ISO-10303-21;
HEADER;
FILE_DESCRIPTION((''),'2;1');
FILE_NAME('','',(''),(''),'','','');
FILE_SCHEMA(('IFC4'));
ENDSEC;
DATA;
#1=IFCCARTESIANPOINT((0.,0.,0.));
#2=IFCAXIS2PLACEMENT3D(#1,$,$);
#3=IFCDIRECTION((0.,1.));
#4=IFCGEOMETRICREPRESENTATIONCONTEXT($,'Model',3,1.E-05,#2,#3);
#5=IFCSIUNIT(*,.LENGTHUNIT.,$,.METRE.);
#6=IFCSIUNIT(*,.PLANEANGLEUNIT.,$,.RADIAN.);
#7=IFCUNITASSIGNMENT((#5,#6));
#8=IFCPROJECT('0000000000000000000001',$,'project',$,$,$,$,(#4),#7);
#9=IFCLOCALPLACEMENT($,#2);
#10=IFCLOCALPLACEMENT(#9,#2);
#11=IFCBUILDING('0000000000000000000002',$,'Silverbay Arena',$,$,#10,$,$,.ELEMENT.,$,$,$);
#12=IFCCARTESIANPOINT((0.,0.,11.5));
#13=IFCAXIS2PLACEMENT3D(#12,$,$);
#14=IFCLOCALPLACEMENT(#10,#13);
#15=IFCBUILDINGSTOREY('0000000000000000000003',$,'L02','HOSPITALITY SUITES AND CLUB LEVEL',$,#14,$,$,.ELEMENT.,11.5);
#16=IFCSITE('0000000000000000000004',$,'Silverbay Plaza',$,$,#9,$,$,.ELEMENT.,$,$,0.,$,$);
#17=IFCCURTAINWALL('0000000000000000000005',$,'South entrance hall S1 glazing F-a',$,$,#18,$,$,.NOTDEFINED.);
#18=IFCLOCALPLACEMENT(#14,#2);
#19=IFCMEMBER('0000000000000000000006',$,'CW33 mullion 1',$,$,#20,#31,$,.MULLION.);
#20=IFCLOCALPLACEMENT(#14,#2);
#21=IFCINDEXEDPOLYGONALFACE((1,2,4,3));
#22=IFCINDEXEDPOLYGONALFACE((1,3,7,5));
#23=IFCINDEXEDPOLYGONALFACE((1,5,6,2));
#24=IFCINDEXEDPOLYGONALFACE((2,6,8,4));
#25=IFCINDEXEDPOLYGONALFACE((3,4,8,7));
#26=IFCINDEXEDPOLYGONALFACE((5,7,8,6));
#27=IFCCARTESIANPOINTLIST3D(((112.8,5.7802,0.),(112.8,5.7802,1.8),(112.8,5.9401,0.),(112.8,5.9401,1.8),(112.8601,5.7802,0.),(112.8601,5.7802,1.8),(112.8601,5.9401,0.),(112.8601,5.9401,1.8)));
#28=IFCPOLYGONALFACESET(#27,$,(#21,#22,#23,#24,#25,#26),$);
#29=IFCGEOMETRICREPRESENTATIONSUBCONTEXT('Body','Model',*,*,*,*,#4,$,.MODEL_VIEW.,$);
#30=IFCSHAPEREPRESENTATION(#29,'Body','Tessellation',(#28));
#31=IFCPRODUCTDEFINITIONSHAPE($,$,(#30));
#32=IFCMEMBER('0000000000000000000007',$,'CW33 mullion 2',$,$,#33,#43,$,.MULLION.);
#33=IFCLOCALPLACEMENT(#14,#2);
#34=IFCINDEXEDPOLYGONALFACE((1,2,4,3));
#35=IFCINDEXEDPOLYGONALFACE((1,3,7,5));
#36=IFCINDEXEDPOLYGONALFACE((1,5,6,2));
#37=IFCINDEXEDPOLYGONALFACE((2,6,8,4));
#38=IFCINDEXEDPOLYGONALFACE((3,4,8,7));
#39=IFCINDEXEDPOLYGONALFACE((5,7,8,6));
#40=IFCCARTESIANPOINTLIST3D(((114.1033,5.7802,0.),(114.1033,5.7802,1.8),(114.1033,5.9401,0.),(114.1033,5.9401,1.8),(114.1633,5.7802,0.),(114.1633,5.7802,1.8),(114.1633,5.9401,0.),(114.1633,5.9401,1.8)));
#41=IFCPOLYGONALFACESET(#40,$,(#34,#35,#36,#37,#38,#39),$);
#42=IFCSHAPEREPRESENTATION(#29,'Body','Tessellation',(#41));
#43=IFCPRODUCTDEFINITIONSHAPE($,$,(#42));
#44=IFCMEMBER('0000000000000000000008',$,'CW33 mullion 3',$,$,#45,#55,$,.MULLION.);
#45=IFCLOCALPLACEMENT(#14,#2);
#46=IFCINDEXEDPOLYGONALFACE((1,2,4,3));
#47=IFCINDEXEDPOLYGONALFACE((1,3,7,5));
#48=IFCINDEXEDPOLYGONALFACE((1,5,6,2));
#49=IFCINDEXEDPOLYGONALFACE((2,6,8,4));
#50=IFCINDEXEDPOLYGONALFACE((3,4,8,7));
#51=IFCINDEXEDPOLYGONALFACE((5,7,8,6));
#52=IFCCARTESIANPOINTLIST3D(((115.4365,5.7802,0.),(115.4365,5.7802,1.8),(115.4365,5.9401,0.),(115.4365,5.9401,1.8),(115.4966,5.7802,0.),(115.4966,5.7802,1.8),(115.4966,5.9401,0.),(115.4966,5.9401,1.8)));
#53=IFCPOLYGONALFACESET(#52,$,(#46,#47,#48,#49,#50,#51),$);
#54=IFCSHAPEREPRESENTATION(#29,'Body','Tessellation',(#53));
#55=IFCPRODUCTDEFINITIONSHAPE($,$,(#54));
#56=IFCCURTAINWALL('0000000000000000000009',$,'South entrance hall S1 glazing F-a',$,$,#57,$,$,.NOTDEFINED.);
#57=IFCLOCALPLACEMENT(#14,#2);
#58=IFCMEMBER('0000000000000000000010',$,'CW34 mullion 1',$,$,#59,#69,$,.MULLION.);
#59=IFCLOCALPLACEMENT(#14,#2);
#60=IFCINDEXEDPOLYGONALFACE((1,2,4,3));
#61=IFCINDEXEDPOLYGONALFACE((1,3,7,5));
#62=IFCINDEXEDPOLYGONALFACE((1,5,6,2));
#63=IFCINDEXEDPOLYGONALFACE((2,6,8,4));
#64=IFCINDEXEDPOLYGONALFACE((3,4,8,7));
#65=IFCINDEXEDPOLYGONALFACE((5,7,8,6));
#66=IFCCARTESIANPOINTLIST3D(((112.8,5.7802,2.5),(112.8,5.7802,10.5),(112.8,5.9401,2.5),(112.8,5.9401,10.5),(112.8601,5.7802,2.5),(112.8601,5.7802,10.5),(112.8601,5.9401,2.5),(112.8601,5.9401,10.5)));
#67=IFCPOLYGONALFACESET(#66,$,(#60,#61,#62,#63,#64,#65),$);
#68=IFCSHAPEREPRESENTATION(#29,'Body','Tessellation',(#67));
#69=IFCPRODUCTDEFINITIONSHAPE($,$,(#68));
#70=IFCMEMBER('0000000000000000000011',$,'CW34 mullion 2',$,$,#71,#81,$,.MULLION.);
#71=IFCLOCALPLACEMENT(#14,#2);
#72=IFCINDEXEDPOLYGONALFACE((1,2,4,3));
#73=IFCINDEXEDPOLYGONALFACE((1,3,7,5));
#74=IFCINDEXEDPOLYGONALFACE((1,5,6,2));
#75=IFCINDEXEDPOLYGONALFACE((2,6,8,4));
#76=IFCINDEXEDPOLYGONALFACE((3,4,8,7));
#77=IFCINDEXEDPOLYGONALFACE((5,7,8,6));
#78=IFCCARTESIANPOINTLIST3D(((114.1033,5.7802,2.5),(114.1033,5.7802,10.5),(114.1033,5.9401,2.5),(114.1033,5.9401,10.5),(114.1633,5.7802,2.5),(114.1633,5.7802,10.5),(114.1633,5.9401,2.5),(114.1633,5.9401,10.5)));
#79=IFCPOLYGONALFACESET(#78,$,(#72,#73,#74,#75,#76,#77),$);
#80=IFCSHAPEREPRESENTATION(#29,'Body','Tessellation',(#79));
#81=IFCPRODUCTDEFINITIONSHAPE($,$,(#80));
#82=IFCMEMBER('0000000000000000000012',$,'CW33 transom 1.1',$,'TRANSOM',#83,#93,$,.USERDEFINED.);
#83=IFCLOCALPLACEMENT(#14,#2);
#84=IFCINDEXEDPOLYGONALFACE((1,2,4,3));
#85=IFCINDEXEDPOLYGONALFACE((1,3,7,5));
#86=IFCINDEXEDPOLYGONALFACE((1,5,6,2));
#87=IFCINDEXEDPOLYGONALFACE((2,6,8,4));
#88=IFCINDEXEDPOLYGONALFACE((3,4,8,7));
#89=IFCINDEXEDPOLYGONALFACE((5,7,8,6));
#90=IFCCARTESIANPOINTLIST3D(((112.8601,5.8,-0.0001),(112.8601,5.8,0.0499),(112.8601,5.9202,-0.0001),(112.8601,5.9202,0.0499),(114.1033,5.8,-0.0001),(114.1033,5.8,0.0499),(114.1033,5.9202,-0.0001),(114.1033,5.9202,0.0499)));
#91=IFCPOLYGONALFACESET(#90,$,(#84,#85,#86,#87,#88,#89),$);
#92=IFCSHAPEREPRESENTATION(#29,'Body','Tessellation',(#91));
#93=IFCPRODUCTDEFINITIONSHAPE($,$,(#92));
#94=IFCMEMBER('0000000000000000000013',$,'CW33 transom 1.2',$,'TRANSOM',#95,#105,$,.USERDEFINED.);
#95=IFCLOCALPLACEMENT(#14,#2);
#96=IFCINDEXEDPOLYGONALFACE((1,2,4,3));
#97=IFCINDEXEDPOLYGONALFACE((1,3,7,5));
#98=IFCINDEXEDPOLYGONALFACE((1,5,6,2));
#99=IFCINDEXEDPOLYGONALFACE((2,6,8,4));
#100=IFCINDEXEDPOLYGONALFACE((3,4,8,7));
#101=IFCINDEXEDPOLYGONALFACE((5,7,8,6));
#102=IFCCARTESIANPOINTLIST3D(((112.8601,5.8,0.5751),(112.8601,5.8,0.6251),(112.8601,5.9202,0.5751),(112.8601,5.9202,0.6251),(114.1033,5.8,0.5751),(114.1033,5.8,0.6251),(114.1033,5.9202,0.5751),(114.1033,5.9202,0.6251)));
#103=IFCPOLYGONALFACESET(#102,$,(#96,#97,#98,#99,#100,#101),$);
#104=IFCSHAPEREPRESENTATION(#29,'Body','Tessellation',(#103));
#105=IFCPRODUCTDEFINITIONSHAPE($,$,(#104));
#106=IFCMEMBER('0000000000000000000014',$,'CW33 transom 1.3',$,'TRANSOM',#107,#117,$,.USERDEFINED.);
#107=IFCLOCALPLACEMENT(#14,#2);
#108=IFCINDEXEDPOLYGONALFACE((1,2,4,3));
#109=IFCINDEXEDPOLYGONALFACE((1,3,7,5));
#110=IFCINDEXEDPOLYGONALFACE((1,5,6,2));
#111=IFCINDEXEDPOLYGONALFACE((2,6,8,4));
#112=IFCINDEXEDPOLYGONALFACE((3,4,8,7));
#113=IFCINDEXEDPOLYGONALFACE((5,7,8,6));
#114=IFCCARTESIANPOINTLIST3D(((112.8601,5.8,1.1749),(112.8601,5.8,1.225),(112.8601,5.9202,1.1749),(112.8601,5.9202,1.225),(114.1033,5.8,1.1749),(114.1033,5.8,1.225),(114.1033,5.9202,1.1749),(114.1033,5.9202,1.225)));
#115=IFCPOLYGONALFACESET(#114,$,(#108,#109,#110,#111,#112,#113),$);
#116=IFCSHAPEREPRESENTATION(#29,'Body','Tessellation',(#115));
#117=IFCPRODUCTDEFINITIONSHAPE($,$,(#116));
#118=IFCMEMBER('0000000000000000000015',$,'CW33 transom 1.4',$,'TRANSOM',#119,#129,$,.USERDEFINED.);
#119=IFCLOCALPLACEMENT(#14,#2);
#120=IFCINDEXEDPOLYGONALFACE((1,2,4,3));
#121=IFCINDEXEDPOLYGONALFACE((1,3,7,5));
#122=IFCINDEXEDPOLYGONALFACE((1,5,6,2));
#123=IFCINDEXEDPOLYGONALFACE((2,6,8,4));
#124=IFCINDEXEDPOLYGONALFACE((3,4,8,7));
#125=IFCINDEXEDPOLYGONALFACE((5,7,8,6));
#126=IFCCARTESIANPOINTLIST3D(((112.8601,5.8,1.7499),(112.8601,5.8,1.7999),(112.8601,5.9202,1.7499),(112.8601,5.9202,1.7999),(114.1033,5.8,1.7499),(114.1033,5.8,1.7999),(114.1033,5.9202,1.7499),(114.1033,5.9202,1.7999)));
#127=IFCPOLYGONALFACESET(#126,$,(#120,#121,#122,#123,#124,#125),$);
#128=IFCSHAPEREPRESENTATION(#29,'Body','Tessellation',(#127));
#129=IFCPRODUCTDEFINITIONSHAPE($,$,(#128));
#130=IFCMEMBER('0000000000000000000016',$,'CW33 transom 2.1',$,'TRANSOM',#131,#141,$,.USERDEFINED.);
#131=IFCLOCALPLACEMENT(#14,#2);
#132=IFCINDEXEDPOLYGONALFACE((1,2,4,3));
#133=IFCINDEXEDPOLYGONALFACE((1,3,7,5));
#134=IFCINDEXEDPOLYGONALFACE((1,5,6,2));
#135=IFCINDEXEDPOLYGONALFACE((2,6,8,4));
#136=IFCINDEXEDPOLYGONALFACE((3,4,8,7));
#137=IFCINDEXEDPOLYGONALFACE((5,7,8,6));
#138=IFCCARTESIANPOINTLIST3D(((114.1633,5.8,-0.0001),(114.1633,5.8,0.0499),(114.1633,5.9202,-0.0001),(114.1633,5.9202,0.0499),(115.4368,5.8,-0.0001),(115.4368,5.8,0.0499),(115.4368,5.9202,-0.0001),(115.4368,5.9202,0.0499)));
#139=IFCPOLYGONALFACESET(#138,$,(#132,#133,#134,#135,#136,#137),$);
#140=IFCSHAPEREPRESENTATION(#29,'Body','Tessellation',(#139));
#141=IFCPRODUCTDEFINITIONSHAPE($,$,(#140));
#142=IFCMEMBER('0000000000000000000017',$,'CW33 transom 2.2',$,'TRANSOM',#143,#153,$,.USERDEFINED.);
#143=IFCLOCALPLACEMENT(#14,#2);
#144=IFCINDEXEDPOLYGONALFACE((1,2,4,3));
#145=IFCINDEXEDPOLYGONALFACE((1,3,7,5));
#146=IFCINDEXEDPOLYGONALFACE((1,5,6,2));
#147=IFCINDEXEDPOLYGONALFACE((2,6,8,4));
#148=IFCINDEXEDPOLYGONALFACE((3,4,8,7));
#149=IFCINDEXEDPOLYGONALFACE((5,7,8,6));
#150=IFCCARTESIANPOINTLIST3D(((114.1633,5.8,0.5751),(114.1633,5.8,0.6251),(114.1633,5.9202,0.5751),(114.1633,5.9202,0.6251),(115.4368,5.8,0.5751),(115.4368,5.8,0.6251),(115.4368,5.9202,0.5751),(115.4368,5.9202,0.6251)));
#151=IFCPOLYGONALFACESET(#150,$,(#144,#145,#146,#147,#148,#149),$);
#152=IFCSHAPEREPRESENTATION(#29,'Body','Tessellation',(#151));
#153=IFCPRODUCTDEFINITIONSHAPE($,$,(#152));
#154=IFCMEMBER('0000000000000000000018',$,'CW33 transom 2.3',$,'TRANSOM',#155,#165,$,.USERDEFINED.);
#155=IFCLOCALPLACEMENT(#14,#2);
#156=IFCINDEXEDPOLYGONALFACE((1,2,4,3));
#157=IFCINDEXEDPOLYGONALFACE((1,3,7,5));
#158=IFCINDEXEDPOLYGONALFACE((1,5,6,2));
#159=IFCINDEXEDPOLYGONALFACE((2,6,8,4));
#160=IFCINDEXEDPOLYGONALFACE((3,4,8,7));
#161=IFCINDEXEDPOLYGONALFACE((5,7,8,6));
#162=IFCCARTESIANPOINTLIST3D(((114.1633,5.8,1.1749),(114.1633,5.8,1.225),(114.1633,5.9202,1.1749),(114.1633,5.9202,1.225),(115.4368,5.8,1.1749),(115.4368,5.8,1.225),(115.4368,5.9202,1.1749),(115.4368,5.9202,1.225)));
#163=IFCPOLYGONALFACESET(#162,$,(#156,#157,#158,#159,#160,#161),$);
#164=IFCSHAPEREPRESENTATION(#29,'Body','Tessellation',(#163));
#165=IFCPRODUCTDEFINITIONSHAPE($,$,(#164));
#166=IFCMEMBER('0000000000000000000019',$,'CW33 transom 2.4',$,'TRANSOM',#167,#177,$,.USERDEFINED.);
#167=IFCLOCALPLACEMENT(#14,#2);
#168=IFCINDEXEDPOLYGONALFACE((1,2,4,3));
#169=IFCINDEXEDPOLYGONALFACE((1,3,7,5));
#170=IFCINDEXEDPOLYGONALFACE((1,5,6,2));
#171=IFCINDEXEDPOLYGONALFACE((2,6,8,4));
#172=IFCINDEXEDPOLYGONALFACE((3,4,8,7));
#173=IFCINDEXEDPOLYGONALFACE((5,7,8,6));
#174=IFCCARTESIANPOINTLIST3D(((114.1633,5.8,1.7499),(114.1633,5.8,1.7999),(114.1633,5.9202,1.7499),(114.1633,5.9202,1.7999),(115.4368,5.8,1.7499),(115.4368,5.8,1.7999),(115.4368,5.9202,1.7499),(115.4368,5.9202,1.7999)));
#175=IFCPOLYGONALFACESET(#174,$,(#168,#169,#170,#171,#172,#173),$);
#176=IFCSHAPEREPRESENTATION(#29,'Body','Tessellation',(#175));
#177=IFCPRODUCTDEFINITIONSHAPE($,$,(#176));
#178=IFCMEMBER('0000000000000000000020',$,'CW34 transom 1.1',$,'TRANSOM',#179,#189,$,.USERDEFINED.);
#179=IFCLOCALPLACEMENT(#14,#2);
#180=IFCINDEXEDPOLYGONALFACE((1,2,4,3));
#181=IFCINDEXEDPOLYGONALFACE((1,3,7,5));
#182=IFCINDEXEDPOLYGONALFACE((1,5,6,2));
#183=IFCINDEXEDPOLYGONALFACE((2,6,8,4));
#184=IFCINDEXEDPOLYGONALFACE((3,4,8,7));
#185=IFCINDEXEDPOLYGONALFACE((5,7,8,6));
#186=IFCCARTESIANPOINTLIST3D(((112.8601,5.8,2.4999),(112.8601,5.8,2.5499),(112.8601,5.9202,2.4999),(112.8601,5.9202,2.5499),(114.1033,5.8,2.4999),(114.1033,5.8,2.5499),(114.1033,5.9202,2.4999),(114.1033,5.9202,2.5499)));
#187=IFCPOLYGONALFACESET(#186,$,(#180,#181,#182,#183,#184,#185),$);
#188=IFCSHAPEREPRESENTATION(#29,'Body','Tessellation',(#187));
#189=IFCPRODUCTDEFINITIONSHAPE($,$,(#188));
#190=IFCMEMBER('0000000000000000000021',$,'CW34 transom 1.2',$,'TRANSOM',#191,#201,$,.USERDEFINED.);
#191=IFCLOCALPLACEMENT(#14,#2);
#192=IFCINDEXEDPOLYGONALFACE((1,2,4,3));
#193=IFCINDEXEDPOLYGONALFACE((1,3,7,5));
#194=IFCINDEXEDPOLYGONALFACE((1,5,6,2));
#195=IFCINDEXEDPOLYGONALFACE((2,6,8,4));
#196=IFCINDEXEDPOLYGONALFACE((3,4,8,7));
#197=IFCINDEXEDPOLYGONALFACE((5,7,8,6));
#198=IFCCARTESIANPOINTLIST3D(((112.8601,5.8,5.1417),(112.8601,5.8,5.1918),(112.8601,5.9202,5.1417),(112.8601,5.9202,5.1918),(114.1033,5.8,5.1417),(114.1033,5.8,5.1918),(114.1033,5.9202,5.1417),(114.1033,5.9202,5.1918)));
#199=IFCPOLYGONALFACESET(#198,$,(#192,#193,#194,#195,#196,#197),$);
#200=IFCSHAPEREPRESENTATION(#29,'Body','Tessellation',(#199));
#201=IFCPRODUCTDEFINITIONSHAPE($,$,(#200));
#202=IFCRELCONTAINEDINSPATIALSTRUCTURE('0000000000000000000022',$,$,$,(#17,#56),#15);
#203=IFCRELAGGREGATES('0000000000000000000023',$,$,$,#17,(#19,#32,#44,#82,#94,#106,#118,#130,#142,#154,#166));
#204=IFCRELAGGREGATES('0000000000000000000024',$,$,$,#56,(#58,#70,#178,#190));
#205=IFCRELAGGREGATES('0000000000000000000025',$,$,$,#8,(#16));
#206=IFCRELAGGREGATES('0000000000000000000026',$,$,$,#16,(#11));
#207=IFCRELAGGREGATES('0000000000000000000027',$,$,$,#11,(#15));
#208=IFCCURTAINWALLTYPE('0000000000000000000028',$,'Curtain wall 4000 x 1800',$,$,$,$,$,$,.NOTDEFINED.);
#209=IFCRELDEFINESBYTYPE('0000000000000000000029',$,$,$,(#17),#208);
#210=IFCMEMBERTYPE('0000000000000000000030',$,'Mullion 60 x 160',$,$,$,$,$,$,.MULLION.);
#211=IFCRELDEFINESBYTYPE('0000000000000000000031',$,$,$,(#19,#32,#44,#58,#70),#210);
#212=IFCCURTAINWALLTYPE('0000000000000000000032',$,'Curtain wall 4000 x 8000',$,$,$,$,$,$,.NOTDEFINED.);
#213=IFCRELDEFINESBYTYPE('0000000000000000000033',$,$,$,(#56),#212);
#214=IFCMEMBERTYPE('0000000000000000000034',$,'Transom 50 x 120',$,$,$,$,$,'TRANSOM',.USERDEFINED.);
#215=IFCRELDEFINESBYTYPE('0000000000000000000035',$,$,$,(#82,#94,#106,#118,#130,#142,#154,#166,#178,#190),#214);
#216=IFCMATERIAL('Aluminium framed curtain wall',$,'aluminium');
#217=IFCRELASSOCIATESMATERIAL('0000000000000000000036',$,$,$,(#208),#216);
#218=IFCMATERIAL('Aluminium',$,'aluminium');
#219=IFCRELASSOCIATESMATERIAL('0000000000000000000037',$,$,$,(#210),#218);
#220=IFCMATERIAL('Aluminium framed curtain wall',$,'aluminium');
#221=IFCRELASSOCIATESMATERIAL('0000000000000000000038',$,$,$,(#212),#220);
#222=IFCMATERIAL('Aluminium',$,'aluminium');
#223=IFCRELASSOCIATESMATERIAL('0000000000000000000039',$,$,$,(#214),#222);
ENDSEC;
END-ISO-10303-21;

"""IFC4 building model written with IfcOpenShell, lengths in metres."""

from ifc_helpers import new_model, si_unit, direction, frame, origin, origin_2d, place, context, subcontext, project, spatial, rectangle, extrude, material, material_profile, profile_set, type_object, element, aggregate, save


model = new_model("IFC4")

# Units and contexts
model_context = context("Model", 3, precision=1e-05, world=origin(), true_north=direction((0.0, 1.0)))
body_context = subcontext(model_context, "Body", "Model", "MODEL_VIEW")
ifc_project = project(units=[si_unit("LENGTHUNIT", "METRE"), si_unit("PLANEANGLEUNIT", "RADIAN")], contexts=[model_context])

# Site, building, storey
site_placement = place(None, origin())
site = spatial("IfcSite", under=ifc_project, at=site_placement, Name="Silverbay Plaza", CompositionType="ELEMENT", RefElevation=0.0)
building_placement = place(site_placement, origin())
building = spatial("IfcBuilding", under=site, at=building_placement, Name="Silverbay Arena", CompositionType="ELEMENT")
storey_placement = place(building_placement, frame((0.0, 0.0, 11.5)))
storey = spatial("IfcBuildingStorey", under=building, at=storey_placement, Name="L02", Description="HOSPITALITY SUITES AND CLUB LEVEL", CompositionType="ELEMENT", Elevation=11.5)

# Curtain walls, members
ifc_material_1 = material(Name="Aluminium framed curtain wall", Category="aluminium")
curtain_wall_type_1 = type_object("IfcCurtainWallType", Name="Curtain wall 4000 x 1800", PredefinedType="NOTDEFINED", material=ifc_material_1)
curtain_wall_1_placement = place(storey_placement, origin())
curtain_wall_1 = element("IfcCurtainWall", 1, at=curtain_wall_1_placement, inside=storey, type_object=curtain_wall_type_1, Name="South entrance hall S1 glazing F-a", PredefinedType="NOTDEFINED")
ifc_material_2 = material(Name="Aluminium", Category="aluminium")
ifc_material_profile_1 = material_profile(ifc_material_2, rectangle(XDim=0.1599, YDim=0.0601, at=origin_2d()), Name="Mullion 60 x 160")
ifc_profile_set_1 = profile_set([ifc_material_profile_1], Name="Aluminium")
member_type_1 = type_object("IfcMemberType", Name="Mullion 60 x 160", PredefinedType="MULLION", material=ifc_profile_set_1)
member_1_placement = place(storey_placement, frame((112.8301, 5.8601, 0.0), z_axis=(0.0, 0.0, 1.0), x_axis=(0.0, 1.0, 0.0)))
member_1 = element("IfcMember", 2, at=member_1_placement, type_object=member_type_1, Name="CW33 mullion 1", PredefinedType="MULLION", context=body_context, shape_type="SweptSolid", body=[
    extrude(rectangle(XDim=0.1599, YDim=0.0601, at=origin_2d()), origin(), (0.0, 0.0, 1.0), 1.8),
])
member_2_placement = place(storey_placement, frame((114.1333, 5.8601, 0.0), z_axis=(0.0, 0.0, 1.0), x_axis=(0.0, 1.0, 0.0)))
member_2 = element("IfcMember", 3, at=member_2_placement, type_object=member_type_1, Name="CW33 mullion 2", PredefinedType="MULLION", context=body_context, shape_type="SweptSolid", body=[
    extrude(rectangle(XDim=0.1599, YDim=0.0601, at=origin_2d()), origin(), (0.0, 0.0, 1.0), 1.8),
])
member_3_placement = place(storey_placement, frame((115.4666, 5.8601, 0.0), z_axis=(0.0, 0.0, 1.0), x_axis=(0.0, 1.0, 0.0)))
member_3 = element("IfcMember", 4, at=member_3_placement, type_object=member_type_1, Name="CW33 mullion 3", PredefinedType="MULLION", context=body_context, shape_type="SweptSolid", body=[
    extrude(rectangle(XDim=0.1599, YDim=0.0601, at=origin_2d()), origin(), (0.0, 0.0, 1.0), 1.8),
])
ifc_material_3 = material(Name="Aluminium framed curtain wall", Category="aluminium")
curtain_wall_type_2 = type_object("IfcCurtainWallType", Name="Curtain wall 4000 x 8000", PredefinedType="NOTDEFINED", material=ifc_material_3)
curtain_wall_2_placement = place(storey_placement, origin())
curtain_wall_2 = element("IfcCurtainWall", 5, at=curtain_wall_2_placement, inside=storey, type_object=curtain_wall_type_2, Name="South entrance hall S1 glazing F-a", PredefinedType="NOTDEFINED")
member_4_placement = place(storey_placement, frame((112.8301, 5.8601, 2.5), z_axis=(0.0, 0.0, 1.0), x_axis=(0.0, 1.0, 0.0)))
member_4 = element("IfcMember", 6, at=member_4_placement, type_object=member_type_1, Name="CW34 mullion 1", PredefinedType="MULLION", context=body_context, shape_type="SweptSolid", body=[
    extrude(rectangle(XDim=0.1599, YDim=0.0601, at=origin_2d()), origin(), (0.0, 0.0, 1.0), 8.0),
])
member_5_placement = place(storey_placement, frame((114.1333, 5.8601, 2.5), z_axis=(0.0, 0.0, 1.0), x_axis=(0.0, 1.0, 0.0)))
member_5 = element("IfcMember", 7, at=member_5_placement, type_object=member_type_1, Name="CW34 mullion 2", PredefinedType="MULLION", context=body_context, shape_type="SweptSolid", body=[
    extrude(rectangle(XDim=0.1599, YDim=0.0601, at=origin_2d()), origin(), (0.0, 0.0, 1.0), 8.0),
])

# Members
ifc_material_4 = material(Name="Aluminium", Category="aluminium")
ifc_material_profile_2 = material_profile(ifc_material_4, rectangle(XDim=0.1201, YDim=0.05, at=origin_2d()), Name="Transom 50 x 120")
ifc_profile_set_2 = profile_set([ifc_material_profile_2], Name="Aluminium")
member_type_2 = type_object("IfcMemberType", Name="Transom 50 x 120", ElementType="TRANSOM", PredefinedType="USERDEFINED", material=ifc_profile_set_2)
member_6_placement = place(storey_placement, frame((112.8601, 5.8601, 0.0249), z_axis=(1.0, 0.0, 0.0), x_axis=(0.0, 1.0, 0.0)))
member_6 = element("IfcMember", 8, at=member_6_placement, type_object=member_type_2, Name="CW33 transom 1.1", ObjectType="TRANSOM", PredefinedType="USERDEFINED", context=body_context, shape_type="SweptSolid", body=[
    extrude(rectangle(XDim=0.1201, YDim=0.05, at=origin_2d()), origin(), (0.0, 0.0, 1.0), 1.2432),
])
member_7_placement = place(storey_placement, frame((112.8601, 5.8601, 0.6001), z_axis=(1.0, 0.0, 0.0), x_axis=(0.0, 1.0, 0.0)))
member_7 = element("IfcMember", 9, at=member_7_placement, type_object=member_type_2, Name="CW33 transom 1.2", ObjectType="TRANSOM", PredefinedType="USERDEFINED", context=body_context, shape_type="SweptSolid", body=[
    extrude(rectangle(XDim=0.1201, YDim=0.05, at=origin_2d()), origin(), (0.0, 0.0, 1.0), 1.2432),
])
member_8_placement = place(storey_placement, frame((112.8601, 5.8601, 1.2), z_axis=(1.0, 0.0, 0.0), x_axis=(0.0, 1.0, 0.0)))
member_8 = element("IfcMember", 10, at=member_8_placement, type_object=member_type_2, Name="CW33 transom 1.3", ObjectType="TRANSOM", PredefinedType="USERDEFINED", context=body_context, shape_type="SweptSolid", body=[
    extrude(rectangle(XDim=0.1201, YDim=0.05, at=origin_2d()), origin(), (0.0, 0.0, 1.0), 1.2432),
])
member_9_placement = place(storey_placement, frame((112.8601, 5.8601, 1.7749), z_axis=(1.0, 0.0, 0.0), x_axis=(0.0, 1.0, 0.0)))
member_9 = element("IfcMember", 11, at=member_9_placement, type_object=member_type_2, Name="CW33 transom 1.4", ObjectType="TRANSOM", PredefinedType="USERDEFINED", context=body_context, shape_type="SweptSolid", body=[
    extrude(rectangle(XDim=0.1201, YDim=0.05, at=origin_2d()), origin(), (0.0, 0.0, 1.0), 1.2432),
])
member_10_placement = place(storey_placement, frame((114.1633, 5.8601, 0.0249), z_axis=(1.0, 0.0, 0.0), x_axis=(0.0, 1.0, 0.0)))
member_10 = element("IfcMember", 12, at=member_10_placement, type_object=member_type_2, Name="CW33 transom 2.1", ObjectType="TRANSOM", PredefinedType="USERDEFINED", context=body_context, shape_type="SweptSolid", body=[
    extrude(rectangle(XDim=0.1201, YDim=0.05, at=origin_2d()), origin(), (0.0, 0.0, 1.0), 1.2734),
])
member_11_placement = place(storey_placement, frame((114.1633, 5.8601, 0.6001), z_axis=(1.0, 0.0, 0.0), x_axis=(0.0, 1.0, 0.0)))
member_11 = element("IfcMember", 13, at=member_11_placement, type_object=member_type_2, Name="CW33 transom 2.2", ObjectType="TRANSOM", PredefinedType="USERDEFINED", context=body_context, shape_type="SweptSolid", body=[
    extrude(rectangle(XDim=0.1201, YDim=0.05, at=origin_2d()), origin(), (0.0, 0.0, 1.0), 1.2734),
])
member_12_placement = place(storey_placement, frame((114.1633, 5.8601, 1.2), z_axis=(1.0, 0.0, 0.0), x_axis=(0.0, 1.0, 0.0)))
member_12 = element("IfcMember", 14, at=member_12_placement, type_object=member_type_2, Name="CW33 transom 2.3", ObjectType="TRANSOM", PredefinedType="USERDEFINED", context=body_context, shape_type="SweptSolid", body=[
    extrude(rectangle(XDim=0.1201, YDim=0.05, at=origin_2d()), origin(), (0.0, 0.0, 1.0), 1.2734),
])
member_13_placement = place(storey_placement, frame((114.1633, 5.8601, 1.7749), z_axis=(1.0, 0.0, 0.0), x_axis=(0.0, 1.0, 0.0)))
member_13 = element("IfcMember", 15, at=member_13_placement, type_object=member_type_2, Name="CW33 transom 2.4", ObjectType="TRANSOM", PredefinedType="USERDEFINED", context=body_context, shape_type="SweptSolid", body=[
    extrude(rectangle(XDim=0.1201, YDim=0.05, at=origin_2d()), origin(), (0.0, 0.0, 1.0), 1.2734),
])
member_14_placement = place(storey_placement, frame((112.8601, 5.8601, 2.5249), z_axis=(1.0, 0.0, 0.0), x_axis=(0.0, 1.0, 0.0)))
member_14 = element("IfcMember", 16, at=member_14_placement, type_object=member_type_2, Name="CW34 transom 1.1", ObjectType="TRANSOM", PredefinedType="USERDEFINED", context=body_context, shape_type="SweptSolid", body=[
    extrude(rectangle(XDim=0.1201, YDim=0.05, at=origin_2d()), origin(), (0.0, 0.0, 1.0), 1.2432),
])
member_15_placement = place(storey_placement, frame((112.8601, 5.8601, 5.1667), z_axis=(1.0, 0.0, 0.0), x_axis=(0.0, 1.0, 0.0)))
member_15 = element("IfcMember", 17, at=member_15_placement, type_object=member_type_2, Name="CW34 transom 1.2", ObjectType="TRANSOM", PredefinedType="USERDEFINED", context=body_context, shape_type="SweptSolid", body=[
    extrude(rectangle(XDim=0.1201, YDim=0.05, at=origin_2d()), origin(), (0.0, 0.0, 1.0), 1.2432),
])

aggregate(curtain_wall_1, [member_1, member_2, member_3, member_6, member_7, member_8, member_9, member_10, member_11, member_12, member_13])
aggregate(curtain_wall_2, [member_4, member_5, member_14, member_15])

save(model, "model.ifc")
